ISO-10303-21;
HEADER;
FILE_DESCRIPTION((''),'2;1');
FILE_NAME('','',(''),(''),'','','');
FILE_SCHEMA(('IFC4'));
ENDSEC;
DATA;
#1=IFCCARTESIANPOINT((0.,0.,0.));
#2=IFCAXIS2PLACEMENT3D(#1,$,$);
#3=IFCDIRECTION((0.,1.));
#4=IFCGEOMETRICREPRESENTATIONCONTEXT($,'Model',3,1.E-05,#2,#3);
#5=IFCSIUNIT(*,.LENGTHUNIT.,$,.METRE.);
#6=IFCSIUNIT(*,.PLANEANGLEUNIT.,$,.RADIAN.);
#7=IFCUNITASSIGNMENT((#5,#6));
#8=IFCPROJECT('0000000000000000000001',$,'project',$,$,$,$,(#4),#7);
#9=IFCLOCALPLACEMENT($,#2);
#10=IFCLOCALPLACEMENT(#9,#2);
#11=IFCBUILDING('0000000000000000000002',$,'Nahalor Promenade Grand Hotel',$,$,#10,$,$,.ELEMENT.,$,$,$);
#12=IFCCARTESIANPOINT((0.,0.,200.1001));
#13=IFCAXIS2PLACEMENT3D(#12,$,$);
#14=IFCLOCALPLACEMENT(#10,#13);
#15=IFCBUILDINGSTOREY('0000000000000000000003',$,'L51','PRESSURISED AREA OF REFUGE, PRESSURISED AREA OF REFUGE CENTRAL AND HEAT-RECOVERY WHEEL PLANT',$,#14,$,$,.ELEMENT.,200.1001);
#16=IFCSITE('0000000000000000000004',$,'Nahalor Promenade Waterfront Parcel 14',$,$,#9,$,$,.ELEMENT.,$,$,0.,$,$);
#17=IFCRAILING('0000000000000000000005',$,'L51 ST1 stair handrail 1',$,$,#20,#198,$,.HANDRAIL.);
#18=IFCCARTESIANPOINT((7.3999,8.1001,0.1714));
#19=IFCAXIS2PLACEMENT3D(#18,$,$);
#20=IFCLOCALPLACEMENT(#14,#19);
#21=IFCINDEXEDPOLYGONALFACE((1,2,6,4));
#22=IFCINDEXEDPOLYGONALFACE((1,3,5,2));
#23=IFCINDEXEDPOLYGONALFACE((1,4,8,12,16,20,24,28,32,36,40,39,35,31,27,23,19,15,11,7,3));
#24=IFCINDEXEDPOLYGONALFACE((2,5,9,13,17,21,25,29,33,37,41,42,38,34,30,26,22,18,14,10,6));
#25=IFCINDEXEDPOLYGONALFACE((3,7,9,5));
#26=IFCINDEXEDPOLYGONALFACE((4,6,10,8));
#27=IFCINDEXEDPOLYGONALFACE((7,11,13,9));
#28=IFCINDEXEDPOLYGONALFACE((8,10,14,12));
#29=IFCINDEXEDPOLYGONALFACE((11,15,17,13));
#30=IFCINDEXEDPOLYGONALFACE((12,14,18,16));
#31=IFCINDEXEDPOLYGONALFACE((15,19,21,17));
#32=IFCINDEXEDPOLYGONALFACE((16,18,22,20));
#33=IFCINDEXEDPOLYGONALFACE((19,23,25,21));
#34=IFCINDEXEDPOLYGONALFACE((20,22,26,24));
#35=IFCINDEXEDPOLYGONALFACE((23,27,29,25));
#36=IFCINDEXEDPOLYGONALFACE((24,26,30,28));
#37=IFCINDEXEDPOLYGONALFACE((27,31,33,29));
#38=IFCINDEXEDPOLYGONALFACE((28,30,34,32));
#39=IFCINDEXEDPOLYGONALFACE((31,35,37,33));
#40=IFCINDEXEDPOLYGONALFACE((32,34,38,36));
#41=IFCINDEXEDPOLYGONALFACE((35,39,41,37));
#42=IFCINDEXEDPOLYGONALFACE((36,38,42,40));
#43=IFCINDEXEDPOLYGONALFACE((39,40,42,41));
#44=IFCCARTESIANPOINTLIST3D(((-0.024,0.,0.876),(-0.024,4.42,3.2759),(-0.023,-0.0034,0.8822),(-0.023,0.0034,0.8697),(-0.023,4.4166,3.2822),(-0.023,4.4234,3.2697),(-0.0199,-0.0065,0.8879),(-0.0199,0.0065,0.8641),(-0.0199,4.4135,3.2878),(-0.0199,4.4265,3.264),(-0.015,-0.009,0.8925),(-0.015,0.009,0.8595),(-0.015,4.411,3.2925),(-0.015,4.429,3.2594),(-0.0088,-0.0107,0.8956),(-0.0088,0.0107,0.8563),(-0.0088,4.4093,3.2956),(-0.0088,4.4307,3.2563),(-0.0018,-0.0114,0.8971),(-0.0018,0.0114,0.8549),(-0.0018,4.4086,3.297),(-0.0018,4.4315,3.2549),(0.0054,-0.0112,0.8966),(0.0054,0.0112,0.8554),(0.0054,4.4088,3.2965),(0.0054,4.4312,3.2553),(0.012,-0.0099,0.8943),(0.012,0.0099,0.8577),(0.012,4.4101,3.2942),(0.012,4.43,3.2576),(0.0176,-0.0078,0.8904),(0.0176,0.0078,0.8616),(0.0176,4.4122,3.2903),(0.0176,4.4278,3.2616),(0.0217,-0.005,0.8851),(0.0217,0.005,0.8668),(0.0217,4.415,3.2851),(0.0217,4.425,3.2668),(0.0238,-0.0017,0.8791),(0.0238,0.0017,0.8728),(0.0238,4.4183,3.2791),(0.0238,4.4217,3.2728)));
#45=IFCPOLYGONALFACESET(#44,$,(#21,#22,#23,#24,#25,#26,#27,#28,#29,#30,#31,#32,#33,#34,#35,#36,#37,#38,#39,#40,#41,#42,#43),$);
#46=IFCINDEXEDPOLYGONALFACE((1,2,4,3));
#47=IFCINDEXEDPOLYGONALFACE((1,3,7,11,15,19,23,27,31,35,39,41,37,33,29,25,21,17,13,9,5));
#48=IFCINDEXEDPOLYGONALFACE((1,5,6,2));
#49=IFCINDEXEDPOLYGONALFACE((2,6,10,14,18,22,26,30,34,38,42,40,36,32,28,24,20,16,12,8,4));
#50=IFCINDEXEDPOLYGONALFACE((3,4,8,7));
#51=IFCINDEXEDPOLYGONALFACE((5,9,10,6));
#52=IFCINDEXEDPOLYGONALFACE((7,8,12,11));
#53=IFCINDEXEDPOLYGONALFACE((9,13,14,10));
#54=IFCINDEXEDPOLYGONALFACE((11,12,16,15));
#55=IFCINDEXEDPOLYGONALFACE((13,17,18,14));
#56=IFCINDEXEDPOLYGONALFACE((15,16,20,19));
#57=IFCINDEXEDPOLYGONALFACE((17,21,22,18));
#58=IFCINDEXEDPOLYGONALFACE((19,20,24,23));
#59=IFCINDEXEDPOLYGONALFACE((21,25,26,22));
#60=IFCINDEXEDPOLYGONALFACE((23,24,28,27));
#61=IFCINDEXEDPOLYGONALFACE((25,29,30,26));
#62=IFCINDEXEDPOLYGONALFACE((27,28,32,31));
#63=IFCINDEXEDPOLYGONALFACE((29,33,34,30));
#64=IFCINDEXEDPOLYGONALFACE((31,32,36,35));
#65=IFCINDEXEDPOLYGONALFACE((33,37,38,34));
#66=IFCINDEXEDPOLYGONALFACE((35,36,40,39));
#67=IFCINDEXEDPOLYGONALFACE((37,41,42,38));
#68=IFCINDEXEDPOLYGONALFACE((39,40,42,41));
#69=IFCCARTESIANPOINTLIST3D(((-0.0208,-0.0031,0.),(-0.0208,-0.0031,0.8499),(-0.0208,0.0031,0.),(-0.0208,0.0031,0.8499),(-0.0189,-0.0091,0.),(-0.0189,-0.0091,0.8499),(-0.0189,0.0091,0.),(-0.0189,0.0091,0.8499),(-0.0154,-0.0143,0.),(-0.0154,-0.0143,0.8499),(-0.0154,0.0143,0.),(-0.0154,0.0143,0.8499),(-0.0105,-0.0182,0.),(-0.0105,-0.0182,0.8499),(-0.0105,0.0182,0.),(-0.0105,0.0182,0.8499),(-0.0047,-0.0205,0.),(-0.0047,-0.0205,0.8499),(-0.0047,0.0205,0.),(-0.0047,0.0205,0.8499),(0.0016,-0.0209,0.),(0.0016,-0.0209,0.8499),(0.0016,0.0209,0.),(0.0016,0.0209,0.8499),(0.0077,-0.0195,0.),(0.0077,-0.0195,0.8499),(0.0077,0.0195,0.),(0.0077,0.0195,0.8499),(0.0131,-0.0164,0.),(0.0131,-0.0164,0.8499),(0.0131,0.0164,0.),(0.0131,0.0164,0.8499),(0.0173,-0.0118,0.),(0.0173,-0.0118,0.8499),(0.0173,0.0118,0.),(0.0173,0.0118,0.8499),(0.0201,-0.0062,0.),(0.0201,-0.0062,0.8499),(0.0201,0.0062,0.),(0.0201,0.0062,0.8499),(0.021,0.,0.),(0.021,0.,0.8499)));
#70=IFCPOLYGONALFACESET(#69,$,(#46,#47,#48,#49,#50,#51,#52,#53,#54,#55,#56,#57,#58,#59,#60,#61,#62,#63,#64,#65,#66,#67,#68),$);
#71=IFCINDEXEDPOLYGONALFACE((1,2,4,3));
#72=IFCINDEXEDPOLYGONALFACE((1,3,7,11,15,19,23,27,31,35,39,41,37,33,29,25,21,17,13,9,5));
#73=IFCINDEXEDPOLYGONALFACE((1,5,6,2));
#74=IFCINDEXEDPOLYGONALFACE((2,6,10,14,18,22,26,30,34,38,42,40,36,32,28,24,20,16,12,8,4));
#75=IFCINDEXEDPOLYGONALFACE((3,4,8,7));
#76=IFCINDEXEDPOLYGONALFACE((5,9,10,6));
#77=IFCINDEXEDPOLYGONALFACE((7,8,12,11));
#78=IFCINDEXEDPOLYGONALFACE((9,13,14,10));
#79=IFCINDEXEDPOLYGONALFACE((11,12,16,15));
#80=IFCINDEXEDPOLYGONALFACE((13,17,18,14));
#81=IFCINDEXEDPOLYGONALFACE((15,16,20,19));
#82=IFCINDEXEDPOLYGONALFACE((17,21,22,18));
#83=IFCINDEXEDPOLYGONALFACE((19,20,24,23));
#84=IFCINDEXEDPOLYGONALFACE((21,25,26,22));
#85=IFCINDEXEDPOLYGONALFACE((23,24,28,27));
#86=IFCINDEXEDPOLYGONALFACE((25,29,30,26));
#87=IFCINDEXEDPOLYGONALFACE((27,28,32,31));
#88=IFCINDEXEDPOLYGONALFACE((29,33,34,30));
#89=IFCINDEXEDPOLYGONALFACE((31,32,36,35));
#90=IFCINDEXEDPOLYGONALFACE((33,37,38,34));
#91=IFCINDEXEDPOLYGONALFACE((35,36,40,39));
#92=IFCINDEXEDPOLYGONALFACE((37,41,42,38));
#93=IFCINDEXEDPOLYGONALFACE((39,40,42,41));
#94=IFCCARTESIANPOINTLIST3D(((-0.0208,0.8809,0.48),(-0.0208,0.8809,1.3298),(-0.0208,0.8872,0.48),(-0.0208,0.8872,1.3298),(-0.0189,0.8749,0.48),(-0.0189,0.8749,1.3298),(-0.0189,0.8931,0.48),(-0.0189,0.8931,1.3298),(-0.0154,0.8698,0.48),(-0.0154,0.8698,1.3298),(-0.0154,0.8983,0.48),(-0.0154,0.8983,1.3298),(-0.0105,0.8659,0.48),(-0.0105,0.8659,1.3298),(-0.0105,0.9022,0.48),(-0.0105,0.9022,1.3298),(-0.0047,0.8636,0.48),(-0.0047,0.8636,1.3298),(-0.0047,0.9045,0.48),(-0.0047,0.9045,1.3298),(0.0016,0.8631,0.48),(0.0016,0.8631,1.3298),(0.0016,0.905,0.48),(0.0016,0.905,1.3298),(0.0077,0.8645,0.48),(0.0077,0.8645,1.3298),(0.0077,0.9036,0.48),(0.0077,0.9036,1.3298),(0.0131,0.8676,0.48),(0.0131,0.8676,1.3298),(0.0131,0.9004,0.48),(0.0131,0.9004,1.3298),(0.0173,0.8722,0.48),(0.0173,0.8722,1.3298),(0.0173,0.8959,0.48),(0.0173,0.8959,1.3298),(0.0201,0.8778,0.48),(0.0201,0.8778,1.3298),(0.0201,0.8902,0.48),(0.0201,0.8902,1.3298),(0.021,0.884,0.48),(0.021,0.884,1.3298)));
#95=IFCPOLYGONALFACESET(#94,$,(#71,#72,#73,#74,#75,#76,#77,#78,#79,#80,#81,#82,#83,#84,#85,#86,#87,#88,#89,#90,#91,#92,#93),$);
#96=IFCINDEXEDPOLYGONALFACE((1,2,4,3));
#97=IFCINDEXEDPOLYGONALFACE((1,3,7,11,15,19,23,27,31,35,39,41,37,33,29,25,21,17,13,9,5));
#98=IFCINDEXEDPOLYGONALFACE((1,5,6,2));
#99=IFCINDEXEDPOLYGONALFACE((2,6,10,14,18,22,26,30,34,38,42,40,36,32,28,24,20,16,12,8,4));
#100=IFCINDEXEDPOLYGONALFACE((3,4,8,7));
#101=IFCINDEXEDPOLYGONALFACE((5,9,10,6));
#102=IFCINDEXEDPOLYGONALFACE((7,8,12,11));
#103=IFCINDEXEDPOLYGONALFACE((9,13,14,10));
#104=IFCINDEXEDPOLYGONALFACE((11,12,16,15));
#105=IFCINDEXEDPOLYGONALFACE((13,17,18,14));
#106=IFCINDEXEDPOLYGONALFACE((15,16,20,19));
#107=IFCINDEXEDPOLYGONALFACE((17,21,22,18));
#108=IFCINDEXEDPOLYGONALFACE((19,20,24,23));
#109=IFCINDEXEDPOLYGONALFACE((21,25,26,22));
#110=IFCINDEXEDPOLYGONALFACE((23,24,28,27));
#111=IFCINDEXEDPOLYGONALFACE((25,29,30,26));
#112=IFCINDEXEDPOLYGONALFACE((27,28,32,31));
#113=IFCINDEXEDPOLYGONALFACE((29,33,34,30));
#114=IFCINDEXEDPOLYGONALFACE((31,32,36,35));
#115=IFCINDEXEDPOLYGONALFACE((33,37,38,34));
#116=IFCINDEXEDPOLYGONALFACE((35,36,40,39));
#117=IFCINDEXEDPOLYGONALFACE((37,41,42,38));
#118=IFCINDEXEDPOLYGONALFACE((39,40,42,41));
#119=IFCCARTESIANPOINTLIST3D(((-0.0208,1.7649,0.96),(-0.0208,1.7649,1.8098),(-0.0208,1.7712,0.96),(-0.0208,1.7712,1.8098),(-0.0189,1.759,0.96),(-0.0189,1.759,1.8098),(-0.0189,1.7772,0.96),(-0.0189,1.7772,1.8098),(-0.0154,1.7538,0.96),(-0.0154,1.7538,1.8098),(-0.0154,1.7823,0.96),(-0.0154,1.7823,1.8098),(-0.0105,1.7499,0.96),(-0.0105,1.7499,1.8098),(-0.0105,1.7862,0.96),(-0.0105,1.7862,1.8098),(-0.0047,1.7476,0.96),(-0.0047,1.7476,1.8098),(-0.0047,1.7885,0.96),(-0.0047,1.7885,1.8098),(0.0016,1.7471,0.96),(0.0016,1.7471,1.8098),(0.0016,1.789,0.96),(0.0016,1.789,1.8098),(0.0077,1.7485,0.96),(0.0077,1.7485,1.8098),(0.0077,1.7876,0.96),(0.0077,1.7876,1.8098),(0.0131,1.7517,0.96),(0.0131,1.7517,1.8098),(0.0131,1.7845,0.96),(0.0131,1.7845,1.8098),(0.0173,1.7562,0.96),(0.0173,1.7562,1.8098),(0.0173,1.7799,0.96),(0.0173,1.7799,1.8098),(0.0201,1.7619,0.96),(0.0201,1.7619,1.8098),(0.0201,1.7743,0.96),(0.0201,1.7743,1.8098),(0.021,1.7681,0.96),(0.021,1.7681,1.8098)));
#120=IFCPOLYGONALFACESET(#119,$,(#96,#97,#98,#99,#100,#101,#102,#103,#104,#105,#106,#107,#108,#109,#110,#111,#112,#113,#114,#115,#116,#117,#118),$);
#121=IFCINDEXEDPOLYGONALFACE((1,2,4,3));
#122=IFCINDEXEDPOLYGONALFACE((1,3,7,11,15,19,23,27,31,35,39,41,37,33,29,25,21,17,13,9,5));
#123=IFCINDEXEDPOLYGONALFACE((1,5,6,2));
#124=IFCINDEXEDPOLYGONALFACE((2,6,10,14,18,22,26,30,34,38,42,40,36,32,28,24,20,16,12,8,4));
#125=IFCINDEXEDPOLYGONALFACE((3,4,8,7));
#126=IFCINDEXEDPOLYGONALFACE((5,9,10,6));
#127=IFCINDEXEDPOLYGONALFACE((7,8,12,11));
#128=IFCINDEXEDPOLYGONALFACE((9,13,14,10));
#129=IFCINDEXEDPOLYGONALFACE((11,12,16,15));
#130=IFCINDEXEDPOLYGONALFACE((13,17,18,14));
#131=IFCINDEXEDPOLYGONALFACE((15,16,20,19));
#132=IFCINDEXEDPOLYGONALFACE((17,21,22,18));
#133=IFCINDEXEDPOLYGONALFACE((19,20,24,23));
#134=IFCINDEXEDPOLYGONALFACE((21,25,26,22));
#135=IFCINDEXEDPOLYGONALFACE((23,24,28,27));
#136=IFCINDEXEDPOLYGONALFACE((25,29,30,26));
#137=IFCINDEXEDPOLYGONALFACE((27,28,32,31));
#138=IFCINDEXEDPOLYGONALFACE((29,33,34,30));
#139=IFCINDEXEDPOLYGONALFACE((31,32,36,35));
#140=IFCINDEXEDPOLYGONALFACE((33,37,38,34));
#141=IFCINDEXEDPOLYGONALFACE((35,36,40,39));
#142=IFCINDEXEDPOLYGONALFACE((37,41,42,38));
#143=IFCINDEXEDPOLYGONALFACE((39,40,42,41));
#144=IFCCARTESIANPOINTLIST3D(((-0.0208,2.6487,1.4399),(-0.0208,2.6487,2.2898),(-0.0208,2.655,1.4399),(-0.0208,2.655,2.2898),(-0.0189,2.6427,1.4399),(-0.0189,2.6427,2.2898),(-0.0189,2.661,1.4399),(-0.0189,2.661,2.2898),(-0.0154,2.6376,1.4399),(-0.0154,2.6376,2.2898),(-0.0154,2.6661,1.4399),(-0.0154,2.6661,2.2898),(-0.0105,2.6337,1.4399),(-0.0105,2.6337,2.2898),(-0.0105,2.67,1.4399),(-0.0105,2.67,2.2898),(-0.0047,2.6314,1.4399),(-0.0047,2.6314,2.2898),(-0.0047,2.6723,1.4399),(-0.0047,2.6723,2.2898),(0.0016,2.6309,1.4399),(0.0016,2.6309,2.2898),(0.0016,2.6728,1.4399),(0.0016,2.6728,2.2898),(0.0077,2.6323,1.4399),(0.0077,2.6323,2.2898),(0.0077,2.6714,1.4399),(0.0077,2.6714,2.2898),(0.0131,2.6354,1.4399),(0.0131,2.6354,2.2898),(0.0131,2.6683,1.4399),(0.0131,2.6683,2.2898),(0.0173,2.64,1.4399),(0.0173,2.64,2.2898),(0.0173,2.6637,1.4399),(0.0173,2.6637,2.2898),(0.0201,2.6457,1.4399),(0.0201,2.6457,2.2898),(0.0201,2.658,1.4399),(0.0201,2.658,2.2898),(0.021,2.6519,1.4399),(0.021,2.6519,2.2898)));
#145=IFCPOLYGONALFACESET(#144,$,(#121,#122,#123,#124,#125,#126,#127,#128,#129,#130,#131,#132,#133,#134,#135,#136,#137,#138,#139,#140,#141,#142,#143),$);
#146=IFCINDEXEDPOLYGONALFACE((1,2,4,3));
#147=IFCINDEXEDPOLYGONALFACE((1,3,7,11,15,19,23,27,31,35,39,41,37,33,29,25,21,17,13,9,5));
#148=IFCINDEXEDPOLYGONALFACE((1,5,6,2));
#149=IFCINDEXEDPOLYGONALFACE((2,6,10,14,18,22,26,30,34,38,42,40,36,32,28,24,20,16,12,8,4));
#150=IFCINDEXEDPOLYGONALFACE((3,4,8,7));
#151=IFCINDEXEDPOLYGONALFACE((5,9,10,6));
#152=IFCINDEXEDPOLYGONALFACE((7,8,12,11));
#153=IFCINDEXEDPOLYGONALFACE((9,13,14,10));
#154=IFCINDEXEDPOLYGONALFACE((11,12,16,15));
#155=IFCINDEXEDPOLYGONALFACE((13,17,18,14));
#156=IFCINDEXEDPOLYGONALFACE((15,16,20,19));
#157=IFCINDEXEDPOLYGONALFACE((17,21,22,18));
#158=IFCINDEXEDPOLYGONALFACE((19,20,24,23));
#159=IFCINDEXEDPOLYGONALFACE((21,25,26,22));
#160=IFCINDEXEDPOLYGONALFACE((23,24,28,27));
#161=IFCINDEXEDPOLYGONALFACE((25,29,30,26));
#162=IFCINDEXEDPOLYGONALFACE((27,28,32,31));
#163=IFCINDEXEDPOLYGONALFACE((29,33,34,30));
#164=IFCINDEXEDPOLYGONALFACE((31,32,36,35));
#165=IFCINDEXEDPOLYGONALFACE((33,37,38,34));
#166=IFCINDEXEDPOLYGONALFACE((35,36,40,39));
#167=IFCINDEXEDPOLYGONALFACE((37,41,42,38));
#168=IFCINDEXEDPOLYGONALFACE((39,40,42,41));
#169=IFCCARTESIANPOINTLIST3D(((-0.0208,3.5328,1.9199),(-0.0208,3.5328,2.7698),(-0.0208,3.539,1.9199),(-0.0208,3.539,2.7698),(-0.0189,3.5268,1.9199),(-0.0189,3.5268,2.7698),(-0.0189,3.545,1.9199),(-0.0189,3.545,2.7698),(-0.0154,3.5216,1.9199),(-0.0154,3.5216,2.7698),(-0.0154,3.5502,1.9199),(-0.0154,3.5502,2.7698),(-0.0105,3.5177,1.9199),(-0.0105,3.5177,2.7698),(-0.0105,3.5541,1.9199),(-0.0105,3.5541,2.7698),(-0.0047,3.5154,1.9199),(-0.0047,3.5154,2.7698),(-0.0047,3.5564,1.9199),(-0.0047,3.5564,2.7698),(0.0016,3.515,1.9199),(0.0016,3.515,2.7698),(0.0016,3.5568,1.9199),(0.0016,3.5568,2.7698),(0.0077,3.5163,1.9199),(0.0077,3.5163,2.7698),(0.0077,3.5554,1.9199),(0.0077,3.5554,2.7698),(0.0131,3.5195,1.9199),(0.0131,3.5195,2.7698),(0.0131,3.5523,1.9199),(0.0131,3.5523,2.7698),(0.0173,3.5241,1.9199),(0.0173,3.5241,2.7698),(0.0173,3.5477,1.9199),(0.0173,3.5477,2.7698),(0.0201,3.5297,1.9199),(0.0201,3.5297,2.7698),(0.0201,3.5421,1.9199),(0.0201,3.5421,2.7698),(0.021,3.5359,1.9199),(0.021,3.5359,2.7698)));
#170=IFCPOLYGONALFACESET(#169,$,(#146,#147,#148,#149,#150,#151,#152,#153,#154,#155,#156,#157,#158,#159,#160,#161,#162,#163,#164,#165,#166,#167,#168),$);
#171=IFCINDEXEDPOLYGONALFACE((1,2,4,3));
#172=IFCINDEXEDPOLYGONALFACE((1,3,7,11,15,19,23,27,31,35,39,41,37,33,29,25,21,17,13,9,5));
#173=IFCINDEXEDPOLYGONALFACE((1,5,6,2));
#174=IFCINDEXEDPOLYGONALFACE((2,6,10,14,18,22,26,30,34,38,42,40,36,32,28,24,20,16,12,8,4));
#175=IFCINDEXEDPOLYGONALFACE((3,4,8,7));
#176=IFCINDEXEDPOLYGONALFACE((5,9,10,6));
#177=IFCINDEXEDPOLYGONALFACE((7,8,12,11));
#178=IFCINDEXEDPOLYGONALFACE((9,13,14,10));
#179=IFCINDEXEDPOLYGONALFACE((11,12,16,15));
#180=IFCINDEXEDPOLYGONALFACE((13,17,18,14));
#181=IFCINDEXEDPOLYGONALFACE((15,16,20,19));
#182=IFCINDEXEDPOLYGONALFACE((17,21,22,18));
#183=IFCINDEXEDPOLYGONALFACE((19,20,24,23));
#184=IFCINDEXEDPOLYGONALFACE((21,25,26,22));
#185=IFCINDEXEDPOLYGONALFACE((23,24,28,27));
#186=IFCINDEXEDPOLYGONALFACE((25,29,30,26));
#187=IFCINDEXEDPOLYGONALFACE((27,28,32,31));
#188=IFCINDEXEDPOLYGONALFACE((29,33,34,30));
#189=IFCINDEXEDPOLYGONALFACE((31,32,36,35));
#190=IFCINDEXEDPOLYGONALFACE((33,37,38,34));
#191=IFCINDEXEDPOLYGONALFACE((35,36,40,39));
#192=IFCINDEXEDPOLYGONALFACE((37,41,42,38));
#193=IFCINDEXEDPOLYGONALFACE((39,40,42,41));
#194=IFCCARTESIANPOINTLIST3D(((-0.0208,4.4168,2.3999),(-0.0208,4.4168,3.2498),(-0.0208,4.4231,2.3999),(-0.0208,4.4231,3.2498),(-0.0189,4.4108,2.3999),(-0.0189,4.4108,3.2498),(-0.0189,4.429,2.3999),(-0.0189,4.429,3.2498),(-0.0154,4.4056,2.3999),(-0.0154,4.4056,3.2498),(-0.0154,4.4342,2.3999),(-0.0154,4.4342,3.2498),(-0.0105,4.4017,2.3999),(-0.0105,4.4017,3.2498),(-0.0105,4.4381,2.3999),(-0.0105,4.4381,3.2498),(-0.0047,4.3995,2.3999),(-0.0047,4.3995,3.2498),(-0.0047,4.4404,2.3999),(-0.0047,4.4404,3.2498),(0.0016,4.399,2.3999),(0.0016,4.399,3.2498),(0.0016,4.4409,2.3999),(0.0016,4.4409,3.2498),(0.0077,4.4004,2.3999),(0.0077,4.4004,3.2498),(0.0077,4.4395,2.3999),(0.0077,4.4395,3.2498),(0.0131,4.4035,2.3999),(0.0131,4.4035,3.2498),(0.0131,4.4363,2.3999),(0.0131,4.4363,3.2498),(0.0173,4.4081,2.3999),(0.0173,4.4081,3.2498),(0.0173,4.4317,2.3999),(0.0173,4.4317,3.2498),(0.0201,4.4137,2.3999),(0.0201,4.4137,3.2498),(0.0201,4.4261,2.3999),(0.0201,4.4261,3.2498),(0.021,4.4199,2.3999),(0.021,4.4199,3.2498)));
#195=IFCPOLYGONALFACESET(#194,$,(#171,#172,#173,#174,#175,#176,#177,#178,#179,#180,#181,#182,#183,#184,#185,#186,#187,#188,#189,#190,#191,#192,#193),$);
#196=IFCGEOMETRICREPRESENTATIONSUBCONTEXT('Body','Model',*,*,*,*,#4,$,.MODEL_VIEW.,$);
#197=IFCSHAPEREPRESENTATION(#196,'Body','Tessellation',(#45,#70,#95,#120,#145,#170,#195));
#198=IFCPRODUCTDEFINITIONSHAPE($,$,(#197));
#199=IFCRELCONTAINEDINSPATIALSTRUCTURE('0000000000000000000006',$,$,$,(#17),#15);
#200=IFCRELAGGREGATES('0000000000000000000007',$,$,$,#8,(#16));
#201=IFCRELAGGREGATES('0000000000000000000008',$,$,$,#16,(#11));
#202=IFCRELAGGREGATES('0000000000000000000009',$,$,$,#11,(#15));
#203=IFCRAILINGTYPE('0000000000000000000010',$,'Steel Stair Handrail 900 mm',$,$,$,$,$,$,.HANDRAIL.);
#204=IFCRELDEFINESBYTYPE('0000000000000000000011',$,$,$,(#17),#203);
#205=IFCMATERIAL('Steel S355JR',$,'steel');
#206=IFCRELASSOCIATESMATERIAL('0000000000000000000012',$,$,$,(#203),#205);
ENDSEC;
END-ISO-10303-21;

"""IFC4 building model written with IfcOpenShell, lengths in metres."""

from ifc_helpers import new_model, si_unit, direction, frame, origin, origin_2d, place, context, subcontext, project, spatial, circle, extrude, material, type_object, element, save


model = new_model("IFC4")

# Units and contexts
model_context = context("Model", 3, precision=1e-05, world=origin(), true_north=direction((0.0, 1.0)))
body_context = subcontext(model_context, "Body", "Model", "MODEL_VIEW")
ifc_project = project(units=[si_unit("LENGTHUNIT", "METRE"), si_unit("PLANEANGLEUNIT", "RADIAN")], contexts=[model_context])

# Site, building, storey
site_placement = place(None, origin())
site = spatial("IfcSite", under=ifc_project, at=site_placement, Name="Nahalor Promenade Waterfront Parcel 14", CompositionType="ELEMENT", RefElevation=0.0)
building_placement = place(site_placement, origin())
building = spatial("IfcBuilding", under=site, at=building_placement, Name="Nahalor Promenade Grand Hotel", CompositionType="ELEMENT")
storey_placement = place(building_placement, frame((0.0, 0.0, 200.1001)))
storey = spatial("IfcBuildingStorey", under=building, at=storey_placement, Name="L51", Description="PRESSURISED AREA OF REFUGE, PRESSURISED AREA OF REFUGE CENTRAL AND HEAT-RECOVERY WHEEL PLANT", CompositionType="ELEMENT", Elevation=200.1001)

# Shared definitions
ifc_material_1 = material(Name="Steel S355JR", Category="steel")

# Railing
railing_type_1 = type_object("IfcRailingType", Name="Steel Stair Handrail 900 mm", PredefinedType="HANDRAIL", material=ifc_material_1)
railing_1_placement = place(storey_placement, frame((7.3999, 8.1001, 0.1714)))
element("IfcRailing", 1, at=railing_1_placement, inside=storey, type_object=railing_type_1, Name="L51 ST1 stair handrail 1", PredefinedType="HANDRAIL", context=body_context, shape_type="SweptSolid", body=[
    extrude(circle(Radius=0.024, at=origin_2d()), frame((0.0, 0.0, 0.876), z_axis=(0.0, 0.87881, 0.477171), x_axis=(-1.0, 0.0, 0.0)), (0.0, 0.0, 1.0), 5.0295),
    extrude(circle(Radius=0.021, at=origin_2d()), origin(), (0.0, 0.0, 1.0), 0.8499),
    extrude(circle(Radius=0.021, at=origin_2d()), frame((0.0, 0.884, 0.48)), (0.0, 0.0, 1.0), 0.8499),
    extrude(circle(Radius=0.021, at=origin_2d()), frame((0.0, 1.7681, 0.96)), (0.0, 0.0, 1.0), 0.8499),
    extrude(circle(Radius=0.021, at=origin_2d()), frame((0.0, 2.6519, 1.4399)), (0.0, 0.0, 1.0), 0.8499),
    extrude(circle(Radius=0.021, at=origin_2d()), frame((0.0, 3.5359, 1.9199)), (0.0, 0.0, 1.0), 0.8499),
    extrude(circle(Radius=0.021, at=origin_2d()), frame((0.0, 4.4199, 2.3999)), (0.0, 0.0, 1.0), 0.8499),
])

save(model, "model.ifc")
